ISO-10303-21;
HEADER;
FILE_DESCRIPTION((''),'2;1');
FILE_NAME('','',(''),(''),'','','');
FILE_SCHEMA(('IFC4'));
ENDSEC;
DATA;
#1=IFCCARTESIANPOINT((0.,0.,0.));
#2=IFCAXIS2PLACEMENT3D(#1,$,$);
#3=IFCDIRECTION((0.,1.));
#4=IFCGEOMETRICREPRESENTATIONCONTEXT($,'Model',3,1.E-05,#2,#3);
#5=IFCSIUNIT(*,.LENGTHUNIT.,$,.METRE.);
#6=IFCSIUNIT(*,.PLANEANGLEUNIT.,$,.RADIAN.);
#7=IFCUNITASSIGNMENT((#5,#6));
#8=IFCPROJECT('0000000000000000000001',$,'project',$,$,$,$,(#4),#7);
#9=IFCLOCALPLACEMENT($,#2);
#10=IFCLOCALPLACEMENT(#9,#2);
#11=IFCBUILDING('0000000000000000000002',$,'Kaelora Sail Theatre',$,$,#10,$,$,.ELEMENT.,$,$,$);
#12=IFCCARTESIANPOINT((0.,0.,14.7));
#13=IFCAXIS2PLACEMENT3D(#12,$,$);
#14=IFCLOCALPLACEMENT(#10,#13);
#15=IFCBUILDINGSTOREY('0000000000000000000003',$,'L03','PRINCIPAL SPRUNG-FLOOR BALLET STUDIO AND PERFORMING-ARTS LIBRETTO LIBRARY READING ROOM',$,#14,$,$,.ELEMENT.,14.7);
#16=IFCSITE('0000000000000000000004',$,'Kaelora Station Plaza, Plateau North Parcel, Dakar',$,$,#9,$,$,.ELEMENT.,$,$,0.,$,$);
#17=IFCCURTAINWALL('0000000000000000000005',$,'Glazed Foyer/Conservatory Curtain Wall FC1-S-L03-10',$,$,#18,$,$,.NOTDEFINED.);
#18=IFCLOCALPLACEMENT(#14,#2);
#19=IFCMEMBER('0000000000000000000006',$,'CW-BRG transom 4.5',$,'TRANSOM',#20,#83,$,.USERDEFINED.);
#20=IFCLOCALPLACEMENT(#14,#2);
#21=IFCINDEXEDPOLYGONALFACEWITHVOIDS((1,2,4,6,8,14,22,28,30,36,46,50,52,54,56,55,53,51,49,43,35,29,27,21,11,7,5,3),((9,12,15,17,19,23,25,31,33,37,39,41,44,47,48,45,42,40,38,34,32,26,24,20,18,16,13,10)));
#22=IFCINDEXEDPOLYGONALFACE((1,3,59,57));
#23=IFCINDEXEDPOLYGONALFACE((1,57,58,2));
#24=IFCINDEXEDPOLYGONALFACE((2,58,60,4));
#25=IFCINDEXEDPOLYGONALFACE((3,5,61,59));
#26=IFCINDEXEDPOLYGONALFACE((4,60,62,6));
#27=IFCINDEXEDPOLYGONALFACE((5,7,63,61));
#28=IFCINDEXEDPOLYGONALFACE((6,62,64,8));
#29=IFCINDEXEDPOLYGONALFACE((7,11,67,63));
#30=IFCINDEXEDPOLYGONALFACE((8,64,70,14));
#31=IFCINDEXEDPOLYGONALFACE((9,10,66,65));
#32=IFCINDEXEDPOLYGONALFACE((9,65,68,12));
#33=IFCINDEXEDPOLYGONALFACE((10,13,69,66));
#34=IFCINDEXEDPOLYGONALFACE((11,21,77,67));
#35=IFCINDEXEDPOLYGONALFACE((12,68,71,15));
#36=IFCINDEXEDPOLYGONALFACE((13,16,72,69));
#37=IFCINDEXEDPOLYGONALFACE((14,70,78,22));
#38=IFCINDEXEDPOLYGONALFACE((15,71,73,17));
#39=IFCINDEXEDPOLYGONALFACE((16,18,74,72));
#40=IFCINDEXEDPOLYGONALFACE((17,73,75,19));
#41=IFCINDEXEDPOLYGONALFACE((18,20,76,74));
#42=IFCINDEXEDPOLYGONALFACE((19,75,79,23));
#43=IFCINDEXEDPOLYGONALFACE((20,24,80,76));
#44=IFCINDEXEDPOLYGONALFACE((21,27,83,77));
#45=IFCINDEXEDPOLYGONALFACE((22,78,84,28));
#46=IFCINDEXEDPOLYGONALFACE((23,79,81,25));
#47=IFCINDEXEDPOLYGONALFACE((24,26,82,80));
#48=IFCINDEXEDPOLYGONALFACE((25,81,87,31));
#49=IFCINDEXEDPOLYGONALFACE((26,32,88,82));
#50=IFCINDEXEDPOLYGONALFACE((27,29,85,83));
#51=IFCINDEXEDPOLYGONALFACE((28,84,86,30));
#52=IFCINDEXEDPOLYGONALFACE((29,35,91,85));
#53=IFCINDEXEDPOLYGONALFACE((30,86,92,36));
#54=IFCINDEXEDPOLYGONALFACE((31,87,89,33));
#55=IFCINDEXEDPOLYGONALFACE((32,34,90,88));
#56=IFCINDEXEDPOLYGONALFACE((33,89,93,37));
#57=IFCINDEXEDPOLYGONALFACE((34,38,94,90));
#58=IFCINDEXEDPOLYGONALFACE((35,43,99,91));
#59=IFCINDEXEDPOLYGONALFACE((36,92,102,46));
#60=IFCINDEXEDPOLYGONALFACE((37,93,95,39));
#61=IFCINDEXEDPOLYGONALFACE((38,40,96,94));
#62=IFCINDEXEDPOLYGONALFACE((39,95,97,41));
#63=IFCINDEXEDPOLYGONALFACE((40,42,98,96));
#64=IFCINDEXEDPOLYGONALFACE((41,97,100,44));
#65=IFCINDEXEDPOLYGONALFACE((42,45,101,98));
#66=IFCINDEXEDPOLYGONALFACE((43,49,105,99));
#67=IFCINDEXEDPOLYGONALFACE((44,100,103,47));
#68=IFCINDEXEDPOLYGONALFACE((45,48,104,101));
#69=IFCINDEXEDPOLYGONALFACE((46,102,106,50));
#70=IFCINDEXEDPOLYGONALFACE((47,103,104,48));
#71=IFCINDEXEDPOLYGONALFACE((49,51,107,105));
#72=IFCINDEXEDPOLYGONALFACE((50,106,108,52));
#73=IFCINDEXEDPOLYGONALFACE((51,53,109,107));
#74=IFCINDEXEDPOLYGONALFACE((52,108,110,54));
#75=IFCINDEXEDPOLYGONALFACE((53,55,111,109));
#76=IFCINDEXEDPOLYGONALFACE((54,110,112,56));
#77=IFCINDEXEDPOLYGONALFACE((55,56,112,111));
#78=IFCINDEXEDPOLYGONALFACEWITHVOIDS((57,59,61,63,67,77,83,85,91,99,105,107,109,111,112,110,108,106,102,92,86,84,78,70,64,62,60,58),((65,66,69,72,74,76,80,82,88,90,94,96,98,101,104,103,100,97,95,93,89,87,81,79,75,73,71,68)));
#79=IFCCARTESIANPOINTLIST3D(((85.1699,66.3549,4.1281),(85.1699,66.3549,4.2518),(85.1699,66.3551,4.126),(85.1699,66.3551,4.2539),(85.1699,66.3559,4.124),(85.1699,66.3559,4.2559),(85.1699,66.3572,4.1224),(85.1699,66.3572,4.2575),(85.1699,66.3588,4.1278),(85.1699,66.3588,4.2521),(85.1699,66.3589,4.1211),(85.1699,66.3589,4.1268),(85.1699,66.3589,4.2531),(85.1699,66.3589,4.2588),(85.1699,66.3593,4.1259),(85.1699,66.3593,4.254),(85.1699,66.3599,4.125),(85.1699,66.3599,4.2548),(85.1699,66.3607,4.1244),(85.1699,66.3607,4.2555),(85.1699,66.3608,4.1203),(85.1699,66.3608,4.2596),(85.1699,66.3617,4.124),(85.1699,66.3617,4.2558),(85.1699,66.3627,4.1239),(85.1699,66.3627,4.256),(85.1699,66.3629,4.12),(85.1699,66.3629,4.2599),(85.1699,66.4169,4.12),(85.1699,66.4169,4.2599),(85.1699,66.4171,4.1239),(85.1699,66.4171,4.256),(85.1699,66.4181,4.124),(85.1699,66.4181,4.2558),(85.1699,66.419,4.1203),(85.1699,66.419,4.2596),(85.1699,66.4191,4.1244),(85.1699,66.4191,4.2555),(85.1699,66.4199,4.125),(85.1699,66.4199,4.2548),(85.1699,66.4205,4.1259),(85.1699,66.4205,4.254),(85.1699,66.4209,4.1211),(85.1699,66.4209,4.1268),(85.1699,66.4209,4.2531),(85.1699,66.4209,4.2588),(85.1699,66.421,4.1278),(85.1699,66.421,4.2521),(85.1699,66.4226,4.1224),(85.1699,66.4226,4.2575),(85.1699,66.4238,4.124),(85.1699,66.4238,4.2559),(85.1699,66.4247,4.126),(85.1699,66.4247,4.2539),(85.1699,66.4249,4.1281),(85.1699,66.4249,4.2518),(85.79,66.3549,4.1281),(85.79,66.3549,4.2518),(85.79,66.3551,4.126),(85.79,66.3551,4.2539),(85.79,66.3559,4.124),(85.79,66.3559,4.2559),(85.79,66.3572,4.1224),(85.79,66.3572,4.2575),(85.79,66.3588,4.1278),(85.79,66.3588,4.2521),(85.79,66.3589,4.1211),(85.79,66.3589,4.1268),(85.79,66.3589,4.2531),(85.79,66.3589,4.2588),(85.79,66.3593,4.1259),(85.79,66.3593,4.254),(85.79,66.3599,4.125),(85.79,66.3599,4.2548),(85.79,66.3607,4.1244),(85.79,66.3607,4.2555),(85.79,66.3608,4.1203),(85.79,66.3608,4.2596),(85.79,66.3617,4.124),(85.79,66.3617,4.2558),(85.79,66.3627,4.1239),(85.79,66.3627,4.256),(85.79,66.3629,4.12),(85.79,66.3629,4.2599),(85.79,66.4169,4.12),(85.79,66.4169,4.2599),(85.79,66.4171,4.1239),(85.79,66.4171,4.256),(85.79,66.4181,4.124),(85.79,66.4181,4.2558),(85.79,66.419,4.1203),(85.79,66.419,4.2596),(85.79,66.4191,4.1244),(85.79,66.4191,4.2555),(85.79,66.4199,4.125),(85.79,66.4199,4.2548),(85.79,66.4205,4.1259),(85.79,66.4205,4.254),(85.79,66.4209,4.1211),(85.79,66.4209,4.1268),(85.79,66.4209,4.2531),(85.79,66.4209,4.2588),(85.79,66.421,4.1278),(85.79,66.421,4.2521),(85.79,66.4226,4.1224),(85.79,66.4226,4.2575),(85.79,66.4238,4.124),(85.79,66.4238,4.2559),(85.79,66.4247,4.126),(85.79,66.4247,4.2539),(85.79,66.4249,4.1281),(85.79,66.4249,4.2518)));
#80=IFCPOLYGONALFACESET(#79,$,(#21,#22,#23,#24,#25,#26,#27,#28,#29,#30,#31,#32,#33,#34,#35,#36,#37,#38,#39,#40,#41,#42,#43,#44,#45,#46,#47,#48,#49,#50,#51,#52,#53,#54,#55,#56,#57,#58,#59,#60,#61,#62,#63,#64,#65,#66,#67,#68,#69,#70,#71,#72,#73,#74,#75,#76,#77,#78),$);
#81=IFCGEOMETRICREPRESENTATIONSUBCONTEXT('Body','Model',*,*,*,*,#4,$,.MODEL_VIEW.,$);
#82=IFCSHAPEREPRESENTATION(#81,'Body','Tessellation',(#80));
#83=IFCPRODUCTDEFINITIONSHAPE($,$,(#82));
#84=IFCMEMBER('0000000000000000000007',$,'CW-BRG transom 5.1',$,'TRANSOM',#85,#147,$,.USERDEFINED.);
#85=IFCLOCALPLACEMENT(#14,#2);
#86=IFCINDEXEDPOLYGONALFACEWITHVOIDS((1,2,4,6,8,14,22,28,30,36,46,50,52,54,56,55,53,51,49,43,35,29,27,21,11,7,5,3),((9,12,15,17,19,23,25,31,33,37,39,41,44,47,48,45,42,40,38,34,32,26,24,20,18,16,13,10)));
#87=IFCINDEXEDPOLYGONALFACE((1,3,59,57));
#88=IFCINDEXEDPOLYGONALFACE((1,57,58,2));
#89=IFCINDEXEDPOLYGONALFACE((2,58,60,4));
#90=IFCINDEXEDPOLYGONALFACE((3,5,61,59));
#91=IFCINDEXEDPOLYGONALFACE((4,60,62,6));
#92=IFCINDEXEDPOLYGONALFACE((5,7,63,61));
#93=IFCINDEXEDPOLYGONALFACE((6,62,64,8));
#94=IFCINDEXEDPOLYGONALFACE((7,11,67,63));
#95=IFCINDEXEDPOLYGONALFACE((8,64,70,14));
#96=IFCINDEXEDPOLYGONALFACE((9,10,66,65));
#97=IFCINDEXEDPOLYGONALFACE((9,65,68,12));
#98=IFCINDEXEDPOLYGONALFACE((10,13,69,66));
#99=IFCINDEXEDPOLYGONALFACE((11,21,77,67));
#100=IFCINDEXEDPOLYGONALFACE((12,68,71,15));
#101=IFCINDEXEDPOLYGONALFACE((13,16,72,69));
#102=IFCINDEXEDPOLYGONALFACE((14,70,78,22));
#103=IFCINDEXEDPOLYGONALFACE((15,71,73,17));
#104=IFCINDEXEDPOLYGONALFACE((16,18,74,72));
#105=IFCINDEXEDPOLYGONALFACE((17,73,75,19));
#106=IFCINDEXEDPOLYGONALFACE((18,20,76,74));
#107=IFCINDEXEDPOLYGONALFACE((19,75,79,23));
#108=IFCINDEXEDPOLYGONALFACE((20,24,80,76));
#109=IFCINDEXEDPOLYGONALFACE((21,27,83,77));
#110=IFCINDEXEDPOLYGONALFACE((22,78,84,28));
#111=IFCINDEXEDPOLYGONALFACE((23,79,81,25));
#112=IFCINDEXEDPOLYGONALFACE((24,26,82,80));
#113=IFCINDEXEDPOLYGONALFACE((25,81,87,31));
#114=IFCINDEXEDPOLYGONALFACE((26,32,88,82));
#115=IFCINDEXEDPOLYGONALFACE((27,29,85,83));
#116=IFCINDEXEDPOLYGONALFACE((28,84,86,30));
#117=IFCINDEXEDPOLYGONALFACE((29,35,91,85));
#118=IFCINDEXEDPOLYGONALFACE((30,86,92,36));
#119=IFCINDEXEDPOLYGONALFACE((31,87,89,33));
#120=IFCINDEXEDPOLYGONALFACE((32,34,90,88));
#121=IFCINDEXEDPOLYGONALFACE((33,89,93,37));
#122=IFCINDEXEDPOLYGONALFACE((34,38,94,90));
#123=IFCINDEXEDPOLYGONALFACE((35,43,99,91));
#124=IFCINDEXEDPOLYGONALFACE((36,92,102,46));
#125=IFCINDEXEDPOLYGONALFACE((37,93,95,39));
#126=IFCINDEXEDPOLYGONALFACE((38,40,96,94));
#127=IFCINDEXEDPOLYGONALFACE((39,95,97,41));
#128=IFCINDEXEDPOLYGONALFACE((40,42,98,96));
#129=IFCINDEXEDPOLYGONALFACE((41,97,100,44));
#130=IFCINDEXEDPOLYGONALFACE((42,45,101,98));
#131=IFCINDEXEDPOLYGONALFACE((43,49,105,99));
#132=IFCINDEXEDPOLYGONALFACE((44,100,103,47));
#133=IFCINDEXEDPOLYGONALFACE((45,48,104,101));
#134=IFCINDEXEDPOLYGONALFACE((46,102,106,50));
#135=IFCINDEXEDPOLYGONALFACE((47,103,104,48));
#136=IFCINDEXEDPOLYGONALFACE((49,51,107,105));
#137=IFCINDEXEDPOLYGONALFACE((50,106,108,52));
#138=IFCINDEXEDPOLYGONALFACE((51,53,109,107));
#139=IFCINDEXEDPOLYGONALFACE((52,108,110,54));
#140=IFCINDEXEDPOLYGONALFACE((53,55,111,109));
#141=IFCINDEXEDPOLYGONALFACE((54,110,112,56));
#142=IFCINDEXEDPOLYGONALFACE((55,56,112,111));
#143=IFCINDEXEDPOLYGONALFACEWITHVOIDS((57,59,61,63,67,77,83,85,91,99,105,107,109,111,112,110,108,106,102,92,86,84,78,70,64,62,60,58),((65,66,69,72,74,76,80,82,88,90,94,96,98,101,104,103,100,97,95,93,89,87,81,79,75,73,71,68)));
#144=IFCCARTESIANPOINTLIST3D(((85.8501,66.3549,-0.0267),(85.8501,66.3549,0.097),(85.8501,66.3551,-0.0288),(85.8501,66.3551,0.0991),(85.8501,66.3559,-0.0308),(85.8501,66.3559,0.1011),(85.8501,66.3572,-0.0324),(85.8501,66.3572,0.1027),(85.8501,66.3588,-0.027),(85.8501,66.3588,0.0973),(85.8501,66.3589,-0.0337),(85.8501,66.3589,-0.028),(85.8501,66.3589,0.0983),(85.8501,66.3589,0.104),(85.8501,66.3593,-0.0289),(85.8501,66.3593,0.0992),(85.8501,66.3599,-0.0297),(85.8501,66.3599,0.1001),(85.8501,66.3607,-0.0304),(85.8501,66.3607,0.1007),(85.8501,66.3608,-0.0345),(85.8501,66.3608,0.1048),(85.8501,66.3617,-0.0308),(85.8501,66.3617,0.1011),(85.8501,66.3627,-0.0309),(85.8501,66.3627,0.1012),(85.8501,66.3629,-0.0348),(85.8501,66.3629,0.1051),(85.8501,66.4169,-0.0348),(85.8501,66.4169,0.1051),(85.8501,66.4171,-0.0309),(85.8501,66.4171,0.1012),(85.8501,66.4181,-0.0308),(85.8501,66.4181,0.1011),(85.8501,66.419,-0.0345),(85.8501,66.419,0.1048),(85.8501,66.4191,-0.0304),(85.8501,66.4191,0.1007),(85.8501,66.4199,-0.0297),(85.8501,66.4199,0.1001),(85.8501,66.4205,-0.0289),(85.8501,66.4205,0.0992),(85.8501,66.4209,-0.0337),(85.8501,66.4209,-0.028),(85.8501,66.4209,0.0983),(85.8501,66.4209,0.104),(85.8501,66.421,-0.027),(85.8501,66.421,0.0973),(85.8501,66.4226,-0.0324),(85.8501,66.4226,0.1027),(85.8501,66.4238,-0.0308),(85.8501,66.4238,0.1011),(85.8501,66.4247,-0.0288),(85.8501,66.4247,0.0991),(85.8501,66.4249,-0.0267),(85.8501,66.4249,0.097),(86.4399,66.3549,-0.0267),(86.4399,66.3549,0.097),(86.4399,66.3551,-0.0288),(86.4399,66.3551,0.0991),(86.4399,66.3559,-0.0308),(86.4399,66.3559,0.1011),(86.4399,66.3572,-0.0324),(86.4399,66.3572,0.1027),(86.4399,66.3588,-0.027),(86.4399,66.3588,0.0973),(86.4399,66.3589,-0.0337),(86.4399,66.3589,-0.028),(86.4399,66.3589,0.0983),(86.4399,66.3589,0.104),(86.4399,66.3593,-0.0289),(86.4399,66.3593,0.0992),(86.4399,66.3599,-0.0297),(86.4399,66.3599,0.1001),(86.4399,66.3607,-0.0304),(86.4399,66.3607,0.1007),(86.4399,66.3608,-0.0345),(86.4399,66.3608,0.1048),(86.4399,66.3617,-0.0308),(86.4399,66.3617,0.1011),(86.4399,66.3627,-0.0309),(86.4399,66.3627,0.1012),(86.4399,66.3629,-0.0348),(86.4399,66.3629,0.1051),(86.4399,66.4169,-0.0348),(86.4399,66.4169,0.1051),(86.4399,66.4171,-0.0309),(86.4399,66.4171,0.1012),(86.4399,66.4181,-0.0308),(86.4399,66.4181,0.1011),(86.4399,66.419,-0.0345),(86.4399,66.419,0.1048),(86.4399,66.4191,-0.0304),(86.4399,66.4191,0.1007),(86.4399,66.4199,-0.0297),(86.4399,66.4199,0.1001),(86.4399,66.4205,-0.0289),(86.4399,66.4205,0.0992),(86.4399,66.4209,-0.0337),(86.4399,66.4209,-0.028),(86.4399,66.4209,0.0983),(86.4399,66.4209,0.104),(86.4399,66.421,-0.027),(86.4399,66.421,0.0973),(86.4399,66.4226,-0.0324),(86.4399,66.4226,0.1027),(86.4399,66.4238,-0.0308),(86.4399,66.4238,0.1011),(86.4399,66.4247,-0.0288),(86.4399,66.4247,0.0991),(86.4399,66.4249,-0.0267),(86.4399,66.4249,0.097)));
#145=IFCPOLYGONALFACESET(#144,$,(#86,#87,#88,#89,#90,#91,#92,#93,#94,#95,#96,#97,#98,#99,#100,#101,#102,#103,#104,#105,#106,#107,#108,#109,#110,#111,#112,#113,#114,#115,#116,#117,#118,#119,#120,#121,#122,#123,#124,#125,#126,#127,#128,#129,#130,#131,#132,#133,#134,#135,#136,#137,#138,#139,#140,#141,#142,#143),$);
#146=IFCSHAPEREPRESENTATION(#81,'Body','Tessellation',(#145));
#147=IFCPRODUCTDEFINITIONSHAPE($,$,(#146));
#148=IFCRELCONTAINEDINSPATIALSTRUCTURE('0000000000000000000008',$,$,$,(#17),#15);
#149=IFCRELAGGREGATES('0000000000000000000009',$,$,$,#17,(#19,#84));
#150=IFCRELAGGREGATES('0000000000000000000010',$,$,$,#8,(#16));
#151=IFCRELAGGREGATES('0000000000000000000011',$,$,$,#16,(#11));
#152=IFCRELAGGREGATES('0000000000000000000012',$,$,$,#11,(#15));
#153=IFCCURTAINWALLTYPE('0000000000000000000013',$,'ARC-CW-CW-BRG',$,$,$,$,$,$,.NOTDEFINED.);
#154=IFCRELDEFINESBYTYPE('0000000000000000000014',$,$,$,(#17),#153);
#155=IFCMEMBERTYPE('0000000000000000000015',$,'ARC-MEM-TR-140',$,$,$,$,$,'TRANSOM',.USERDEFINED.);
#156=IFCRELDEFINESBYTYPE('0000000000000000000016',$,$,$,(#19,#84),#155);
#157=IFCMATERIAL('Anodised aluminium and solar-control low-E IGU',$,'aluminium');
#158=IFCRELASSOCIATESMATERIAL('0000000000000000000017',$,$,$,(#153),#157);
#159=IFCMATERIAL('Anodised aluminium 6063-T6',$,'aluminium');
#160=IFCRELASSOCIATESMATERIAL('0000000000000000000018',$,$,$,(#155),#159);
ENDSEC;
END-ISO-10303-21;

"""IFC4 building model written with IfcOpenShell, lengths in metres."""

from ifc_helpers import new_model, si_unit, direction, frame, origin, origin_2d, place, context, subcontext, project, spatial, hollow_rectangle, extrude, material, material_profile, profile_set, type_object, element, aggregate, save


model = new_model("IFC4")

# Units and contexts
model_context = context("Model", 3, precision=1e-05, world=origin(), true_north=direction((0.0, 1.0)))
body_context = subcontext(model_context, "Body", "Model", "MODEL_VIEW")
ifc_project = project(units=[si_unit("LENGTHUNIT", "METRE"), si_unit("PLANEANGLEUNIT", "RADIAN")], contexts=[model_context])

# Site, building, storey
site_placement = place(None, origin())
site = spatial("IfcSite", under=ifc_project, at=site_placement, Name="Kaelora Station Plaza, Plateau North Parcel, Dakar", CompositionType="ELEMENT", RefElevation=0.0)
building_placement = place(site_placement, origin())
building = spatial("IfcBuilding", under=site, at=building_placement, Name="Kaelora Sail Theatre", CompositionType="ELEMENT")
storey_placement = place(building_placement, frame((0.0, 0.0, 14.7)))
storey = spatial("IfcBuildingStorey", under=building, at=storey_placement, Name="L03", Description="PRINCIPAL SPRUNG-FLOOR BALLET STUDIO AND PERFORMING-ARTS LIBRETTO LIBRARY READING ROOM", CompositionType="ELEMENT", Elevation=14.7)

# Curtain wall, members
ifc_material_1 = material(Name="Anodised aluminium and solar-control low-E IGU", Category="aluminium")
curtain_wall_type = type_object("IfcCurtainWallType", Name="ARC-CW-CW-BRG", PredefinedType="NOTDEFINED", material=ifc_material_1)
curtain_wall_placement = place(storey_placement, origin())
curtain_wall = element("IfcCurtainWall", 1, at=curtain_wall_placement, inside=storey, type_object=curtain_wall_type, Name="Glazed Foyer/Conservatory Curtain Wall FC1-S-L03-10", PredefinedType="NOTDEFINED")
ifc_material_2 = material(Name="Anodised aluminium 6063-T6", Category="aluminium")
ifc_material_profile_1 = material_profile(ifc_material_2, hollow_rectangle(XDim=0.0701, YDim=0.1399, WallThickness=0.0039, InnerFilletRadius=0.0039, OuterFilletRadius=0.0081, at=origin_2d()), Name="ALU-TRAN 70x140x4")
ifc_profile_set_1 = profile_set([ifc_material_profile_1], Name="Anodised aluminium 6063-T6")
member_type_1 = type_object("IfcMemberType", Name="ARC-MEM-TR-140", ElementType="TRANSOM", PredefinedType="USERDEFINED", material=ifc_profile_set_1)
member_1_placement = place(storey_placement, frame((85.1699, 66.3899, 4.1899), z_axis=(1.0, 0.0, 0.0), x_axis=(0.0, 1.0, 0.0)))
member_1 = element("IfcMember", 2, at=member_1_placement, type_object=member_type_1, Name="CW-BRG transom 4.5", ObjectType="TRANSOM", PredefinedType="USERDEFINED", context=body_context, shape_type="SweptSolid", body=[
    extrude(hollow_rectangle(XDim=0.0701, YDim=0.1399, WallThickness=0.0039, InnerFilletRadius=0.0039, OuterFilletRadius=0.0081, at=origin_2d()), origin(), (0.0, 0.0, 1.0), 0.6201),
])
member_2_placement = place(storey_placement, frame((85.8501, 66.3899, 0.0352), z_axis=(1.0, 0.0, 0.0), x_axis=(0.0, 1.0, 0.0)))
member_2 = element("IfcMember", 3, at=member_2_placement, type_object=member_type_1, Name="CW-BRG transom 5.1", ObjectType="TRANSOM", PredefinedType="USERDEFINED", context=body_context, shape_type="SweptSolid", body=[
    extrude(hollow_rectangle(XDim=0.0701, YDim=0.1399, WallThickness=0.0039, InnerFilletRadius=0.0039, OuterFilletRadius=0.0081, at=origin_2d()), origin(), (0.0, 0.0, 1.0), 0.5898),
])
aggregate(curtain_wall, [member_1, member_2])

save(model, "model.ifc")
